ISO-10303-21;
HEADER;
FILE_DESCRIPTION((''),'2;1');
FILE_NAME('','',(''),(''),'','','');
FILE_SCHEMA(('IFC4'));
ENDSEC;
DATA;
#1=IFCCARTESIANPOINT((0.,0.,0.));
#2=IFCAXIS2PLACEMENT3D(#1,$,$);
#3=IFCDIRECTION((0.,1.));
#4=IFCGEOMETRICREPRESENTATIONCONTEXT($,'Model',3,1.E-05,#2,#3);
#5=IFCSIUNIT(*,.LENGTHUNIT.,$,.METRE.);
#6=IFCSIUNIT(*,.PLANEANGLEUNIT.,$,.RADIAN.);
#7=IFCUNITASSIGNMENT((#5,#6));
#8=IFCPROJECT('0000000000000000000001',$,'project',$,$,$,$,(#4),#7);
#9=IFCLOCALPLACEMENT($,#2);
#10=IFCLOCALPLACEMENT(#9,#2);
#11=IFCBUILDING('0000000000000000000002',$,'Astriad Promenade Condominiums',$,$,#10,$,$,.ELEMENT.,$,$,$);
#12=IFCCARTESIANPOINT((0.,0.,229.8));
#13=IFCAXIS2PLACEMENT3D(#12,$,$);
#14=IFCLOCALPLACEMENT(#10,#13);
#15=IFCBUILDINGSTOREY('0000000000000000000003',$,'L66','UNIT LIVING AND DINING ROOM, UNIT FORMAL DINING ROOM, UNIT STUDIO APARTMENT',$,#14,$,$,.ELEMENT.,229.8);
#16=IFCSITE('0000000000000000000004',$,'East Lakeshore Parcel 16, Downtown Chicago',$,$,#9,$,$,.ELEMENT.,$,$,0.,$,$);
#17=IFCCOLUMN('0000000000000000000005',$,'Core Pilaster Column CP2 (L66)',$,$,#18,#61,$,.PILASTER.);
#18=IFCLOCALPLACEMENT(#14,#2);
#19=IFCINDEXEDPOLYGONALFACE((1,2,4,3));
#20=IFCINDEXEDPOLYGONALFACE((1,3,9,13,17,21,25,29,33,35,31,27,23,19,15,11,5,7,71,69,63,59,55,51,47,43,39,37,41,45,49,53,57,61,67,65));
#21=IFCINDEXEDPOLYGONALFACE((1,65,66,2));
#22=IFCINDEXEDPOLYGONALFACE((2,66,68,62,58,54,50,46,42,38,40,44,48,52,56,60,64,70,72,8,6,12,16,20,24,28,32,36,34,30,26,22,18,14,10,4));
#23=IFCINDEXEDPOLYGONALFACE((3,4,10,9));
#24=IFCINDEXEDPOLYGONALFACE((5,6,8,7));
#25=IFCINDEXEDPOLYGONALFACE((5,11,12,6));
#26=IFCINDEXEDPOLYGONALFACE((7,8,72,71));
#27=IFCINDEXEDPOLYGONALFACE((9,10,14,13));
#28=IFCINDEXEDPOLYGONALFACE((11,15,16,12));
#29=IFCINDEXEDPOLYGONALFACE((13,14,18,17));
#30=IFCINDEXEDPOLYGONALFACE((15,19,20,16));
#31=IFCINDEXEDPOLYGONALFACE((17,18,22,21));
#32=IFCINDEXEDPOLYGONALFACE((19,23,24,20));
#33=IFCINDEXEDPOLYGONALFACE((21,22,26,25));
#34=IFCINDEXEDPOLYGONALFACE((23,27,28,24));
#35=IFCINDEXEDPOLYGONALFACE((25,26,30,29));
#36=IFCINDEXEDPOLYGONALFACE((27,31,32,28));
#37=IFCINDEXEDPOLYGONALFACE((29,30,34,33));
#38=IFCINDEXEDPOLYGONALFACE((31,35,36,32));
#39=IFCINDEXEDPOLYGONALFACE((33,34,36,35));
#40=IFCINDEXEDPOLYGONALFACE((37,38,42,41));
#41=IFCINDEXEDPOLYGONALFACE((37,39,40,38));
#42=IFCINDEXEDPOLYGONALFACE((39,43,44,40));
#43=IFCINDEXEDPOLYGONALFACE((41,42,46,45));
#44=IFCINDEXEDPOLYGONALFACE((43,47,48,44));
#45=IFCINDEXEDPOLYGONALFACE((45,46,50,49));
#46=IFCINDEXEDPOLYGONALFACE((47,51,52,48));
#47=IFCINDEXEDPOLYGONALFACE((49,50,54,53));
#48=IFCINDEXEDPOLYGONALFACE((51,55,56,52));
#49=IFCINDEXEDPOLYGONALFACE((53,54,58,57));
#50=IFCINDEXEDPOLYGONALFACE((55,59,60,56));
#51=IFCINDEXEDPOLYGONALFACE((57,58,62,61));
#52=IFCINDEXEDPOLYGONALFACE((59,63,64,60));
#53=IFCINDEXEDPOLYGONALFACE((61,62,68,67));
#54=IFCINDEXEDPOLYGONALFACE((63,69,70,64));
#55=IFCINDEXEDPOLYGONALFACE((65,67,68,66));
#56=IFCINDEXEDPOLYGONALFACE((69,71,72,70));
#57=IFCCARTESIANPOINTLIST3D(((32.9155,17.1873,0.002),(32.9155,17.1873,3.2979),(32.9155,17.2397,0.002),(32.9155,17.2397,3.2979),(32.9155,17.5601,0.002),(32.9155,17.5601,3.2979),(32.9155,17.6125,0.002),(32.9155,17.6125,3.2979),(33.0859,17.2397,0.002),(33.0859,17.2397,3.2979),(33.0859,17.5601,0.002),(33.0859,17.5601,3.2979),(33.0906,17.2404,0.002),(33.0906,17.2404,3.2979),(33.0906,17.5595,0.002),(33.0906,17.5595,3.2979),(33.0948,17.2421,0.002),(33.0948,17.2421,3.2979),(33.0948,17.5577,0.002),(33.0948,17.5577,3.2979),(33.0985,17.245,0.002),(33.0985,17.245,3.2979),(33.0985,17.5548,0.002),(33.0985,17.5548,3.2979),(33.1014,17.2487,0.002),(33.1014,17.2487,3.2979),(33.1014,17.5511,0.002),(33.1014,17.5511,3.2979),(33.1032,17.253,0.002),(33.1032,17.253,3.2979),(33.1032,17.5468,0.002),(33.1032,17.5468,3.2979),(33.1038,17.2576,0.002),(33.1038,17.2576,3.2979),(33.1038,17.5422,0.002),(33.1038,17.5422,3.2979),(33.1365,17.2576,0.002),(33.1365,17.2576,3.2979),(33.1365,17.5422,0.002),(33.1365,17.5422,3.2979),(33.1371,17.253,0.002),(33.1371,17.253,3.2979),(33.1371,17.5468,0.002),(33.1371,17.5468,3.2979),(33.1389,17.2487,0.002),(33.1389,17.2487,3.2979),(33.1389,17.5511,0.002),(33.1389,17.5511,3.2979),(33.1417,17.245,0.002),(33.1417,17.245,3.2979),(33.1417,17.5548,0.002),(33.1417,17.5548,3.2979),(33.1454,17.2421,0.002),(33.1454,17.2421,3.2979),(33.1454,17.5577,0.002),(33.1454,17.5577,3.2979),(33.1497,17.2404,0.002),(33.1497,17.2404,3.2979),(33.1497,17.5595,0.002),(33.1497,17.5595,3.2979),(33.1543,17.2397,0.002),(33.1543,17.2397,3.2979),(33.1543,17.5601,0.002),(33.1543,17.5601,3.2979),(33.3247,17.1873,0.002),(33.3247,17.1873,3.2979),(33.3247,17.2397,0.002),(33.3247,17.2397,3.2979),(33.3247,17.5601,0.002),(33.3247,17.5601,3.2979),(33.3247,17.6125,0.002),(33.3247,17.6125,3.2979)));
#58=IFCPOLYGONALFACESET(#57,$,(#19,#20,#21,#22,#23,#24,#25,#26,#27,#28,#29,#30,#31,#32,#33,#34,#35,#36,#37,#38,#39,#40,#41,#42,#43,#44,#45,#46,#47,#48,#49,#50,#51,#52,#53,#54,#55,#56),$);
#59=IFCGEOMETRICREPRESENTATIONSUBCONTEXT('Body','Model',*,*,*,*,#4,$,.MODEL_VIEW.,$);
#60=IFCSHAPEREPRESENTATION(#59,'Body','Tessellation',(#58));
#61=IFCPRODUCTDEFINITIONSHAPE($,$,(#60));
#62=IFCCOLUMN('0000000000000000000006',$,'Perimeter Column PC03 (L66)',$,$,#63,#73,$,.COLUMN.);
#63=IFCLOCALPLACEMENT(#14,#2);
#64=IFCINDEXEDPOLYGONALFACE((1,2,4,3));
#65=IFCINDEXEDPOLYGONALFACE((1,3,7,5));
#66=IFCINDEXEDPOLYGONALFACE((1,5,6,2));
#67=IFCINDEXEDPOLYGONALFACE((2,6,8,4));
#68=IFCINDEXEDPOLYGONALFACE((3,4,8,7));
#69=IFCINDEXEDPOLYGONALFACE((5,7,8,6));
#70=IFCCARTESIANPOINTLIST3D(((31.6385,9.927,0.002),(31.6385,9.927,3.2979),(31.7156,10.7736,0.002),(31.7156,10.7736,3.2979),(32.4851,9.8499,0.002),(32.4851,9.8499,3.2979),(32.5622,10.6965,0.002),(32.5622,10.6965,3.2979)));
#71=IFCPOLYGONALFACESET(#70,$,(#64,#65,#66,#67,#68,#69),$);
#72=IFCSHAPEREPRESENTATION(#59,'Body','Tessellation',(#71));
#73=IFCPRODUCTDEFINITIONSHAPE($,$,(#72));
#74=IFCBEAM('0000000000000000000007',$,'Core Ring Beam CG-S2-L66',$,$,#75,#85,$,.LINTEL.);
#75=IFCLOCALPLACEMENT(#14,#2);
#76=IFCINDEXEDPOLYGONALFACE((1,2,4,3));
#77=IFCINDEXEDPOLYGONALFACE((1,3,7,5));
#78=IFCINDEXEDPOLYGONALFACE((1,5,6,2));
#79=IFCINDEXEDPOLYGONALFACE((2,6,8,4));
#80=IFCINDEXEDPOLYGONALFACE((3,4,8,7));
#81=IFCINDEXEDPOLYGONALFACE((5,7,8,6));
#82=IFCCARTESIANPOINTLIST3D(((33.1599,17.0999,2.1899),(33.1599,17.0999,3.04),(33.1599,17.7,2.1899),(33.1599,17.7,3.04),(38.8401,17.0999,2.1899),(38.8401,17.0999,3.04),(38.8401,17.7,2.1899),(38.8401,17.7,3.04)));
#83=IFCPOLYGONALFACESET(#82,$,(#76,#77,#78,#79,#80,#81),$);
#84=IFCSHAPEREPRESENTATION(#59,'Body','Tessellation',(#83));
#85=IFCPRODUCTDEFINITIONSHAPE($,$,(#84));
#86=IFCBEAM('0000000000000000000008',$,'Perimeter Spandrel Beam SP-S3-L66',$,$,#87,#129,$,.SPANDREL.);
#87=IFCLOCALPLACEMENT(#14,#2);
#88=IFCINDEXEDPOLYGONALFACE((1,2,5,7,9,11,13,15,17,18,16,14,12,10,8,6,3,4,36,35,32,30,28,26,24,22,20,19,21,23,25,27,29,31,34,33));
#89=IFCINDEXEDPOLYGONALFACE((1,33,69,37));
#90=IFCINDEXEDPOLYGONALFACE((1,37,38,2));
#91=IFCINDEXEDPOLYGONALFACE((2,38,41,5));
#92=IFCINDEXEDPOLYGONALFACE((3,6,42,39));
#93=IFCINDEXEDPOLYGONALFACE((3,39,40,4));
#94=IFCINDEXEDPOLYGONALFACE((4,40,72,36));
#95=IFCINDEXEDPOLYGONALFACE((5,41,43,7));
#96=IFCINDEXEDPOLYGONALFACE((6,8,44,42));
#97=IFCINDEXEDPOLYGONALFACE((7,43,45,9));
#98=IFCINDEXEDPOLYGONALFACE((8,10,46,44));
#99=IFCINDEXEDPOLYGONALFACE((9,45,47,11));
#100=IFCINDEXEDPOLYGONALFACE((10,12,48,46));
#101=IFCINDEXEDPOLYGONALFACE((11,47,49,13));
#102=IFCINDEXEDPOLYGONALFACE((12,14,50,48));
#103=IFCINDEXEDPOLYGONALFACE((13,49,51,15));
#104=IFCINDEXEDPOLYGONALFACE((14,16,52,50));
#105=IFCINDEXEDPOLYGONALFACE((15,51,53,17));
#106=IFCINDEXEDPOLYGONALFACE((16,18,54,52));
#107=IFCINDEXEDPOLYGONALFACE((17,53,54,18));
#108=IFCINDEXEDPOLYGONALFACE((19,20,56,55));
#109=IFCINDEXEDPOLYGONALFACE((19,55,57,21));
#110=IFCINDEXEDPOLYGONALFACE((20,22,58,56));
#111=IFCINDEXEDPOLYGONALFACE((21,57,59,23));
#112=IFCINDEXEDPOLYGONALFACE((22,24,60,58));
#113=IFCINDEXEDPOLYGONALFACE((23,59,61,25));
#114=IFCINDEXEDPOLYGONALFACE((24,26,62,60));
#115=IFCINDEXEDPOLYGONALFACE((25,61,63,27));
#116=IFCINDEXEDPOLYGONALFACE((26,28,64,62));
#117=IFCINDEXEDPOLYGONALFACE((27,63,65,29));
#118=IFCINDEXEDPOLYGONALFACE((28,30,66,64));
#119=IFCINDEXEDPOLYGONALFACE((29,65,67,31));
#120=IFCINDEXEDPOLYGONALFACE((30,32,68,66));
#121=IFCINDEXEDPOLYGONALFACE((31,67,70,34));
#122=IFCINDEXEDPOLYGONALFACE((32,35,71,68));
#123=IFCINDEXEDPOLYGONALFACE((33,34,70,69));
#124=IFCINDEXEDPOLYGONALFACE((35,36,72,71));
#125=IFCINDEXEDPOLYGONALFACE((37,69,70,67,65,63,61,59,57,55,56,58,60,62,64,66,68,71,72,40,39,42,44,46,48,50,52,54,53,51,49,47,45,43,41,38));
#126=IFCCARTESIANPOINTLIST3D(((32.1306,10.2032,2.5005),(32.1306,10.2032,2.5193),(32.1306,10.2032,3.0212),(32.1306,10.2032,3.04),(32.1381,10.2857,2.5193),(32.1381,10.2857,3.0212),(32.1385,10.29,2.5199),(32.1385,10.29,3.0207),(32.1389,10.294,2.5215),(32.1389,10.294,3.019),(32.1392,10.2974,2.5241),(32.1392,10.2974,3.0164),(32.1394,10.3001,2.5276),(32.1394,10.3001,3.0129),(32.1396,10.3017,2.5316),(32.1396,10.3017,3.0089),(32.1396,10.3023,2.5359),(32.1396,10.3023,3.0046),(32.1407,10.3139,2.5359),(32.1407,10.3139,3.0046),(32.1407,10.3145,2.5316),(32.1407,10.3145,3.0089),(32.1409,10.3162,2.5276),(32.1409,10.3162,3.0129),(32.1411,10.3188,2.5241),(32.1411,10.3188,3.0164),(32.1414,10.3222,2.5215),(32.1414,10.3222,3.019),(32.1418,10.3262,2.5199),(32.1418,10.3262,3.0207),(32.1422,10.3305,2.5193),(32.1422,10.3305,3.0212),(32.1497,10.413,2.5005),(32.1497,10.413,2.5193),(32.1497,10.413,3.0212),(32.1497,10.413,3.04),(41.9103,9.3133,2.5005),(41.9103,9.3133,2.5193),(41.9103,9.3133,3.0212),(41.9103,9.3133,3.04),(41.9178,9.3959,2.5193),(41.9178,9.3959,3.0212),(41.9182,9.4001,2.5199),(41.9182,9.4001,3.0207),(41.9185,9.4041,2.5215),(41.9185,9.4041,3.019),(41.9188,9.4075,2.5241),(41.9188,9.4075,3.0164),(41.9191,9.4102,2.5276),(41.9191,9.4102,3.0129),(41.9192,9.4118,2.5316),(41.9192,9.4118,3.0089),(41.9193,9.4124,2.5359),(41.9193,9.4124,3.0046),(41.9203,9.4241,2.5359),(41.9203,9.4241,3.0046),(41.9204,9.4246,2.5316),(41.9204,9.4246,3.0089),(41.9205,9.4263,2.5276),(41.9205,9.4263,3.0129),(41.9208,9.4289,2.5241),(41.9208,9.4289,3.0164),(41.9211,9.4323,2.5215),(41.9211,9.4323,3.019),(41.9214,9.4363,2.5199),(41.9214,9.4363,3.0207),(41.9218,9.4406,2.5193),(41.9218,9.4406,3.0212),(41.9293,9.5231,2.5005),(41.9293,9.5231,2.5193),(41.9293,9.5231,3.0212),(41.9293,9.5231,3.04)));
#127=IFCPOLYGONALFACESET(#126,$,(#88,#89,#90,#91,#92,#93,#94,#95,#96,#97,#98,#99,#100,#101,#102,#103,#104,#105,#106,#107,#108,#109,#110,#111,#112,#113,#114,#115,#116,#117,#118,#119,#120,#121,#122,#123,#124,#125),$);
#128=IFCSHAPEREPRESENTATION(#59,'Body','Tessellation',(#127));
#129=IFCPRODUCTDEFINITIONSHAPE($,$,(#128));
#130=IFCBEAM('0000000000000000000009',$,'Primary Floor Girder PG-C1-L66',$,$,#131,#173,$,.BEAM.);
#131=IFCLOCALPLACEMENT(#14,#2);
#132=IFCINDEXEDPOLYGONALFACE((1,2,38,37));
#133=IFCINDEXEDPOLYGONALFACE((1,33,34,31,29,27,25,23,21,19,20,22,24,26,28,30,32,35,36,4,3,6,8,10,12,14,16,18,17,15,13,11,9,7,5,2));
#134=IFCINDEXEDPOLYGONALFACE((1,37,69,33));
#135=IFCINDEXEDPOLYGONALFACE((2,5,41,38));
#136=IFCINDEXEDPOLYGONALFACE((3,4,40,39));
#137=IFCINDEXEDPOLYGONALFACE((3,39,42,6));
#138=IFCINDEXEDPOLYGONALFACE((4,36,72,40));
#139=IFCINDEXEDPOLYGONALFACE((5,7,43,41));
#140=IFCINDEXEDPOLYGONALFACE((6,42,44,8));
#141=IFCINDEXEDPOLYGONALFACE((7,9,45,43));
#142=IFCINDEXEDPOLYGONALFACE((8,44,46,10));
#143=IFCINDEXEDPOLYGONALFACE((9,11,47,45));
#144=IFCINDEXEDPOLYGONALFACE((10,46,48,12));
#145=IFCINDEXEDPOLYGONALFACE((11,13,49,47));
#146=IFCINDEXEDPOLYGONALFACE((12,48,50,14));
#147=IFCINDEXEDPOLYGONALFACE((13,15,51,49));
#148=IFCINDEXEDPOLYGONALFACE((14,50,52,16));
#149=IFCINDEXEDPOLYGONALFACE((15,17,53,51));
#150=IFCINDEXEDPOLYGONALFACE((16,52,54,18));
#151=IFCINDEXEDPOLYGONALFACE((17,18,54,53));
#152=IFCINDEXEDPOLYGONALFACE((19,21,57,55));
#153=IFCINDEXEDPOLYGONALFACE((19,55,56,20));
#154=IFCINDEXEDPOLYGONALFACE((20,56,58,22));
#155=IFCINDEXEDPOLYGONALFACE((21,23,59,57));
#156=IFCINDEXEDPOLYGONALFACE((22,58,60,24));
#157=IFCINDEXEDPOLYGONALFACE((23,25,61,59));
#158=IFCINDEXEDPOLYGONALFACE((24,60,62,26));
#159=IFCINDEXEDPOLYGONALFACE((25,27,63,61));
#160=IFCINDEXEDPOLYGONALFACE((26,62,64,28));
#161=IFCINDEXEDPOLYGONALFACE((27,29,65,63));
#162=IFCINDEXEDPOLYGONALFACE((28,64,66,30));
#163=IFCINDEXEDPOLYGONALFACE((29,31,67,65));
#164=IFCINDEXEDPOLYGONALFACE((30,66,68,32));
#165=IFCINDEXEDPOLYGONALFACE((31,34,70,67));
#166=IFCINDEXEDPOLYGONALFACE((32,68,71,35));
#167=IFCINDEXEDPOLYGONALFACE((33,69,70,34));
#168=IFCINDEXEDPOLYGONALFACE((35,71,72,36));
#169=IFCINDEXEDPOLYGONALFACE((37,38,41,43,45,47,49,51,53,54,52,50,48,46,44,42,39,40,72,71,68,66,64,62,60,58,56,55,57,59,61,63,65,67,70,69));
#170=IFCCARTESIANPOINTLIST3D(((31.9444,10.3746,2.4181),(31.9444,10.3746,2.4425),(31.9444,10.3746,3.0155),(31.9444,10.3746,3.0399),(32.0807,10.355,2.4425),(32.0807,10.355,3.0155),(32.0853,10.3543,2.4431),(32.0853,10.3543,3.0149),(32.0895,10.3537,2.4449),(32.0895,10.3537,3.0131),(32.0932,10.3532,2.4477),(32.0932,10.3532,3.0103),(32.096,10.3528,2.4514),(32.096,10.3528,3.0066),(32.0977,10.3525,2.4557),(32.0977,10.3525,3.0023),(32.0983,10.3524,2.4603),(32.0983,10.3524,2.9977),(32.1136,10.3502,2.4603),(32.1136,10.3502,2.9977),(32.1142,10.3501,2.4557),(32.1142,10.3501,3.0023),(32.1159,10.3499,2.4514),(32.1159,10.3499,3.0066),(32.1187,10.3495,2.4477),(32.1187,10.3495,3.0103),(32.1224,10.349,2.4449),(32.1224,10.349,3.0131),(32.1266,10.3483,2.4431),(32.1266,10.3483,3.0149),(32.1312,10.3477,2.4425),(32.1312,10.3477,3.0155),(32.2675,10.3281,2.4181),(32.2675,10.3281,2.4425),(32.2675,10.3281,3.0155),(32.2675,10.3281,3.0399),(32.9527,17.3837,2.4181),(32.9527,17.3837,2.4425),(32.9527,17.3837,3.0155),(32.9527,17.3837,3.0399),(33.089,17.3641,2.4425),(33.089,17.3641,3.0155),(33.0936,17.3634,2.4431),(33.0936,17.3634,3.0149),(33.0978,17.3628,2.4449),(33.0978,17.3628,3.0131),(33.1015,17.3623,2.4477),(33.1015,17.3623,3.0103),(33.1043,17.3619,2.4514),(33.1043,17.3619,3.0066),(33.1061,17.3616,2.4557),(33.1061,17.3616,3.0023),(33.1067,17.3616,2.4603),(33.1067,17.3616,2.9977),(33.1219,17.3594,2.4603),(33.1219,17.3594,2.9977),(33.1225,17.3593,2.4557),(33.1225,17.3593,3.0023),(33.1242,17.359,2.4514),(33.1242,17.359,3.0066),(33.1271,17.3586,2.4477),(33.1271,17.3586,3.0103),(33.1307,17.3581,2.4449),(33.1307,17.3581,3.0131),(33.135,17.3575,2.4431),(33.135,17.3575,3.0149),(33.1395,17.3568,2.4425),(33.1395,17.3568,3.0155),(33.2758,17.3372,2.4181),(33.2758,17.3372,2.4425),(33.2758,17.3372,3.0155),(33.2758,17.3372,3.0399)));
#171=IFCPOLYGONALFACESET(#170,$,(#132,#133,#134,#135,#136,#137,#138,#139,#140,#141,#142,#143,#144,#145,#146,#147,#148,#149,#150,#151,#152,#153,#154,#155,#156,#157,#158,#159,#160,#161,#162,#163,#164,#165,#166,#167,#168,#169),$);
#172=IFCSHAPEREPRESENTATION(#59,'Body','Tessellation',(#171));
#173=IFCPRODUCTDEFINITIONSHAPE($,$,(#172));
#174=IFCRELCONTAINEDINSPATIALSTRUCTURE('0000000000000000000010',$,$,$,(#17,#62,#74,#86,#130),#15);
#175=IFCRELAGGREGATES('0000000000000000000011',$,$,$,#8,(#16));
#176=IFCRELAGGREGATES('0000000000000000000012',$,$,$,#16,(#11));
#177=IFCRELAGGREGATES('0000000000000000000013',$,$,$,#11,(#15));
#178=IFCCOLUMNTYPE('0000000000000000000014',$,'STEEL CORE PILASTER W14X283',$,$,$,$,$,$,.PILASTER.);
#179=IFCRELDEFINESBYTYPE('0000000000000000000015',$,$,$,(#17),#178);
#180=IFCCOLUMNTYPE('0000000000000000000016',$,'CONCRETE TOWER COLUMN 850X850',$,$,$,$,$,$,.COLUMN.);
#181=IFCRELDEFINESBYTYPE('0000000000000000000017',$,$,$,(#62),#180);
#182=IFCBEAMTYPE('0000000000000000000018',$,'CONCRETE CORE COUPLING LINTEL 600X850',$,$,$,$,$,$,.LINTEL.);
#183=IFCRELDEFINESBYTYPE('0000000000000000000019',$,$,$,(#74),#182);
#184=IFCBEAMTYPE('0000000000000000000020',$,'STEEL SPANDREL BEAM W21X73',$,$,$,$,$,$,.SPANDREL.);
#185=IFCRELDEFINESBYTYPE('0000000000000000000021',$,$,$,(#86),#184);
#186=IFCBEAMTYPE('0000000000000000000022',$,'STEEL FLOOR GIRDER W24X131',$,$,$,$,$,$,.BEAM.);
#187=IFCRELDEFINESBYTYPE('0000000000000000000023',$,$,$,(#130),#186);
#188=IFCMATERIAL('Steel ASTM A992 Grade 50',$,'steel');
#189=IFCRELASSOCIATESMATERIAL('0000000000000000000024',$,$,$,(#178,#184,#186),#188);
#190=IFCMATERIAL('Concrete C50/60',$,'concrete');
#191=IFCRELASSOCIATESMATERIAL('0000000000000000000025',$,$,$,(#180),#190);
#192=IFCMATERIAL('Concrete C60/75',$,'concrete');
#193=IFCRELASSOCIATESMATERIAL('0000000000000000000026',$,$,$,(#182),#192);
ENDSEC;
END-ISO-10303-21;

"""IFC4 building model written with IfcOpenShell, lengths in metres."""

from ifc_helpers import new_model, si_unit, direction, frame, origin, origin_2d, place, context, subcontext, project, spatial, rectangle, i_section, extrude, source, transform, mapped, material, material_profile, profile_set, type_object, type_shapes, element, save


model = new_model("IFC4")

# Units and contexts
model_context = context("Model", 3, precision=1e-05, world=origin(), true_north=direction((0.0, 1.0)))
body_context = subcontext(model_context, "Body", "Model", "MODEL_VIEW")
ifc_project = project(units=[si_unit("LENGTHUNIT", "METRE"), si_unit("PLANEANGLEUNIT", "RADIAN")], contexts=[model_context])

# Site, building, storey
site_placement = place(None, origin())
site = spatial("IfcSite", under=ifc_project, at=site_placement, Name="East Lakeshore Parcel 16, Downtown Chicago", CompositionType="ELEMENT", RefElevation=0.0)
building_placement = place(site_placement, origin())
building = spatial("IfcBuilding", under=site, at=building_placement, Name="Astriad Promenade Condominiums", CompositionType="ELEMENT")
storey_placement = place(building_placement, frame((0.0, 0.0, 229.8)))
storey = spatial("IfcBuildingStorey", under=building, at=storey_placement, Name="L66", Description="UNIT LIVING AND DINING ROOM, UNIT FORMAL DINING ROOM, UNIT STUDIO APARTMENT", CompositionType="ELEMENT", Elevation=229.8)

# Columns
ifc_material_1 = material(Name="Steel ASTM A992 Grade 50", Category="steel")
ifc_material_profile_1 = material_profile(ifc_material_1, i_section(OverallWidth=0.4092, OverallDepth=0.4253, WebThickness=0.0327, FlangeThickness=0.0525, FilletRadius=0.0178, at=origin_2d()), Name="W14X283")
ifc_profile_set_1 = profile_set([ifc_material_profile_1], Name="Steel ASTM A992 Grade 50")
column_type_1 = type_object("IfcColumnType", Name="STEEL CORE PILASTER W14X283", PredefinedType="PILASTER", material=ifc_profile_set_1)
shared_shape_1 = source(origin(), body_context, "Body", "SweptSolid", [
    extrude(i_section(OverallWidth=0.4092, OverallDepth=0.4253, WebThickness=0.0327, FlangeThickness=0.0525, FilletRadius=0.0178, at=origin_2d()), origin(), (0.0, 0.0, 1.0), 3.2959),
])
type_shapes(column_type_1, [shared_shape_1])
column_1_placement = place(storey_placement, frame((33.1201, 17.3999, 0.002), z_axis=(0.0, 0.0, 1.0), x_axis=(1.0, 0.0, 0.0)))
element("IfcColumn", 1, at=column_1_placement, inside=storey, type_object=column_type_1, Name="Core Pilaster Column CP2 (L66)", PredefinedType="PILASTER", context=body_context, shape_type="MappedRepresentation", body=[
    mapped(shared_shape_1, transform((0.0, 0.0, 0.0), scale=1.0)),
])
ifc_material_2 = material(Name="Concrete C50/60", Category="concrete")
ifc_material_profile_2 = material_profile(ifc_material_2, rectangle(XDim=0.8501, YDim=0.8501, at=origin_2d()), Name="RC-COL-850X850")
ifc_profile_set_2 = profile_set([ifc_material_profile_2], Name="Concrete C50/60")
column_type_2 = type_object("IfcColumnType", Name="CONCRETE TOWER COLUMN 850X850", PredefinedType="COLUMN", material=ifc_profile_set_2)
shared_shape_2 = source(origin(), body_context, "Body", "SweptSolid", [
    extrude(rectangle(XDim=0.8501, YDim=0.8501, at=origin_2d()), origin(), (0.0, 0.0, 1.0), 3.2959),
])
type_shapes(column_type_2, [shared_shape_2])
column_2_placement = place(storey_placement, frame((32.1003, 10.3118, 0.002), z_axis=(0.0, 0.0, 1.0), x_axis=(0.995884, -0.090633, 0.0)))
element("IfcColumn", 2, at=column_2_placement, inside=storey, type_object=column_type_2, Name="Perimeter Column PC03 (L66)", PredefinedType="COLUMN", context=body_context, shape_type="MappedRepresentation", body=[
    mapped(shared_shape_2, transform((0.0, 0.0, 0.0), scale=1.0)),
])

# Beams
ifc_material_3 = material(Name="Concrete C60/75", Category="concrete")
ifc_material_profile_3 = material_profile(ifc_material_3, rectangle(XDim=0.6001, YDim=0.8501, at=origin_2d()), Name="RC-BM-600X850")
ifc_profile_set_3 = profile_set([ifc_material_profile_3], Name="Concrete C60/75")
beam_type_1 = type_object("IfcBeamType", Name="CONCRETE CORE COUPLING LINTEL 600X850", PredefinedType="LINTEL", material=ifc_profile_set_3)
shared_shape_3 = source(origin(), body_context, "Body", "SweptSolid", [
    extrude(rectangle(XDim=0.6001, YDim=0.8501, at=origin_2d()), origin(), (0.0, 0.0, 1.0), 5.6802),
])
type_shapes(beam_type_1, [shared_shape_3])
beam_1_placement = place(storey_placement, frame((33.1599, 17.3999, 2.615), z_axis=(1.0, 0.0, 0.0), x_axis=(0.0, 1.0, 0.0)))
element("IfcBeam", 3, at=beam_1_placement, inside=storey, type_object=beam_type_1, Name="Core Ring Beam CG-S2-L66", PredefinedType="LINTEL", context=body_context, shape_type="MappedRepresentation", body=[
    mapped(shared_shape_3, transform((0.0, 0.0, 0.0), scale=1.0)),
])
ifc_material_profile_4 = material_profile(ifc_material_1, i_section(OverallWidth=0.2107, OverallDepth=0.5396, WebThickness=0.0117, FlangeThickness=0.0188, FilletRadius=0.0166, at=origin_2d()), Name="W21X73")
ifc_profile_set_4 = profile_set([ifc_material_profile_4], Name="Steel ASTM A992 Grade 50")
beam_type_2 = type_object("IfcBeamType", Name="STEEL SPANDREL BEAM W21X73", PredefinedType="SPANDREL", material=ifc_profile_set_4)
shared_shape_4 = source(origin(), body_context, "Body", "SweptSolid", [
    extrude(i_section(OverallWidth=0.2107, OverallDepth=0.5396, WebThickness=0.0117, FlangeThickness=0.0188, FilletRadius=0.0166, at=origin_2d()), origin(), (0.0, 0.0, 1.0), 9.8201),
])
type_shapes(beam_type_2, [shared_shape_4])
beam_2_placement = place(storey_placement, frame((32.1401, 10.3081, 2.7703), z_axis=(0.995886, -0.090619, 0.0), x_axis=(0.090619, 0.995886, 0.0)))
element("IfcBeam", 4, at=beam_2_placement, inside=storey, type_object=beam_type_2, Name="Perimeter Spandrel Beam SP-S3-L66", PredefinedType="SPANDREL", context=body_context, shape_type="MappedRepresentation", body=[
    mapped(shared_shape_4, transform((0.0, 0.0, 0.0), scale=1.0)),
])
ifc_material_profile_5 = material_profile(ifc_material_1, i_section(OverallWidth=0.3264, OverallDepth=0.6218, WebThickness=0.0154, FlangeThickness=0.0244, FilletRadius=0.0178, at=origin_2d()), Name="W24X131")
ifc_profile_set_5 = profile_set([ifc_material_profile_5], Name="Steel ASTM A992 Grade 50")
beam_type_3 = type_object("IfcBeamType", Name="STEEL FLOOR GIRDER W24X131", PredefinedType="BEAM", material=ifc_profile_set_5)
shared_shape_5 = source(origin(), body_context, "Body", "SweptSolid", [
    extrude(i_section(OverallWidth=0.3264, OverallDepth=0.6218, WebThickness=0.0154, FlangeThickness=0.0244, FilletRadius=0.0178, at=origin_2d()), origin(), (0.0, 0.0, 1.0), 7.0813),
])
beam_3_placement = place(storey_placement, frame((32.106, 10.3513, 2.729), z_axis=(0.142391, 0.98981, 0.0), x_axis=(-0.98981, 0.142391, 0.0)))
element("IfcBeam", 5, at=beam_3_placement, inside=storey, type_object=beam_type_3, Name="Primary Floor Girder PG-C1-L66", PredefinedType="BEAM", context=body_context, shape_type="MappedRepresentation", body=[
    mapped(shared_shape_5, transform((0.0, 0.0, 0.0), scale=1.0)),
])

save(model, "model.ifc")
